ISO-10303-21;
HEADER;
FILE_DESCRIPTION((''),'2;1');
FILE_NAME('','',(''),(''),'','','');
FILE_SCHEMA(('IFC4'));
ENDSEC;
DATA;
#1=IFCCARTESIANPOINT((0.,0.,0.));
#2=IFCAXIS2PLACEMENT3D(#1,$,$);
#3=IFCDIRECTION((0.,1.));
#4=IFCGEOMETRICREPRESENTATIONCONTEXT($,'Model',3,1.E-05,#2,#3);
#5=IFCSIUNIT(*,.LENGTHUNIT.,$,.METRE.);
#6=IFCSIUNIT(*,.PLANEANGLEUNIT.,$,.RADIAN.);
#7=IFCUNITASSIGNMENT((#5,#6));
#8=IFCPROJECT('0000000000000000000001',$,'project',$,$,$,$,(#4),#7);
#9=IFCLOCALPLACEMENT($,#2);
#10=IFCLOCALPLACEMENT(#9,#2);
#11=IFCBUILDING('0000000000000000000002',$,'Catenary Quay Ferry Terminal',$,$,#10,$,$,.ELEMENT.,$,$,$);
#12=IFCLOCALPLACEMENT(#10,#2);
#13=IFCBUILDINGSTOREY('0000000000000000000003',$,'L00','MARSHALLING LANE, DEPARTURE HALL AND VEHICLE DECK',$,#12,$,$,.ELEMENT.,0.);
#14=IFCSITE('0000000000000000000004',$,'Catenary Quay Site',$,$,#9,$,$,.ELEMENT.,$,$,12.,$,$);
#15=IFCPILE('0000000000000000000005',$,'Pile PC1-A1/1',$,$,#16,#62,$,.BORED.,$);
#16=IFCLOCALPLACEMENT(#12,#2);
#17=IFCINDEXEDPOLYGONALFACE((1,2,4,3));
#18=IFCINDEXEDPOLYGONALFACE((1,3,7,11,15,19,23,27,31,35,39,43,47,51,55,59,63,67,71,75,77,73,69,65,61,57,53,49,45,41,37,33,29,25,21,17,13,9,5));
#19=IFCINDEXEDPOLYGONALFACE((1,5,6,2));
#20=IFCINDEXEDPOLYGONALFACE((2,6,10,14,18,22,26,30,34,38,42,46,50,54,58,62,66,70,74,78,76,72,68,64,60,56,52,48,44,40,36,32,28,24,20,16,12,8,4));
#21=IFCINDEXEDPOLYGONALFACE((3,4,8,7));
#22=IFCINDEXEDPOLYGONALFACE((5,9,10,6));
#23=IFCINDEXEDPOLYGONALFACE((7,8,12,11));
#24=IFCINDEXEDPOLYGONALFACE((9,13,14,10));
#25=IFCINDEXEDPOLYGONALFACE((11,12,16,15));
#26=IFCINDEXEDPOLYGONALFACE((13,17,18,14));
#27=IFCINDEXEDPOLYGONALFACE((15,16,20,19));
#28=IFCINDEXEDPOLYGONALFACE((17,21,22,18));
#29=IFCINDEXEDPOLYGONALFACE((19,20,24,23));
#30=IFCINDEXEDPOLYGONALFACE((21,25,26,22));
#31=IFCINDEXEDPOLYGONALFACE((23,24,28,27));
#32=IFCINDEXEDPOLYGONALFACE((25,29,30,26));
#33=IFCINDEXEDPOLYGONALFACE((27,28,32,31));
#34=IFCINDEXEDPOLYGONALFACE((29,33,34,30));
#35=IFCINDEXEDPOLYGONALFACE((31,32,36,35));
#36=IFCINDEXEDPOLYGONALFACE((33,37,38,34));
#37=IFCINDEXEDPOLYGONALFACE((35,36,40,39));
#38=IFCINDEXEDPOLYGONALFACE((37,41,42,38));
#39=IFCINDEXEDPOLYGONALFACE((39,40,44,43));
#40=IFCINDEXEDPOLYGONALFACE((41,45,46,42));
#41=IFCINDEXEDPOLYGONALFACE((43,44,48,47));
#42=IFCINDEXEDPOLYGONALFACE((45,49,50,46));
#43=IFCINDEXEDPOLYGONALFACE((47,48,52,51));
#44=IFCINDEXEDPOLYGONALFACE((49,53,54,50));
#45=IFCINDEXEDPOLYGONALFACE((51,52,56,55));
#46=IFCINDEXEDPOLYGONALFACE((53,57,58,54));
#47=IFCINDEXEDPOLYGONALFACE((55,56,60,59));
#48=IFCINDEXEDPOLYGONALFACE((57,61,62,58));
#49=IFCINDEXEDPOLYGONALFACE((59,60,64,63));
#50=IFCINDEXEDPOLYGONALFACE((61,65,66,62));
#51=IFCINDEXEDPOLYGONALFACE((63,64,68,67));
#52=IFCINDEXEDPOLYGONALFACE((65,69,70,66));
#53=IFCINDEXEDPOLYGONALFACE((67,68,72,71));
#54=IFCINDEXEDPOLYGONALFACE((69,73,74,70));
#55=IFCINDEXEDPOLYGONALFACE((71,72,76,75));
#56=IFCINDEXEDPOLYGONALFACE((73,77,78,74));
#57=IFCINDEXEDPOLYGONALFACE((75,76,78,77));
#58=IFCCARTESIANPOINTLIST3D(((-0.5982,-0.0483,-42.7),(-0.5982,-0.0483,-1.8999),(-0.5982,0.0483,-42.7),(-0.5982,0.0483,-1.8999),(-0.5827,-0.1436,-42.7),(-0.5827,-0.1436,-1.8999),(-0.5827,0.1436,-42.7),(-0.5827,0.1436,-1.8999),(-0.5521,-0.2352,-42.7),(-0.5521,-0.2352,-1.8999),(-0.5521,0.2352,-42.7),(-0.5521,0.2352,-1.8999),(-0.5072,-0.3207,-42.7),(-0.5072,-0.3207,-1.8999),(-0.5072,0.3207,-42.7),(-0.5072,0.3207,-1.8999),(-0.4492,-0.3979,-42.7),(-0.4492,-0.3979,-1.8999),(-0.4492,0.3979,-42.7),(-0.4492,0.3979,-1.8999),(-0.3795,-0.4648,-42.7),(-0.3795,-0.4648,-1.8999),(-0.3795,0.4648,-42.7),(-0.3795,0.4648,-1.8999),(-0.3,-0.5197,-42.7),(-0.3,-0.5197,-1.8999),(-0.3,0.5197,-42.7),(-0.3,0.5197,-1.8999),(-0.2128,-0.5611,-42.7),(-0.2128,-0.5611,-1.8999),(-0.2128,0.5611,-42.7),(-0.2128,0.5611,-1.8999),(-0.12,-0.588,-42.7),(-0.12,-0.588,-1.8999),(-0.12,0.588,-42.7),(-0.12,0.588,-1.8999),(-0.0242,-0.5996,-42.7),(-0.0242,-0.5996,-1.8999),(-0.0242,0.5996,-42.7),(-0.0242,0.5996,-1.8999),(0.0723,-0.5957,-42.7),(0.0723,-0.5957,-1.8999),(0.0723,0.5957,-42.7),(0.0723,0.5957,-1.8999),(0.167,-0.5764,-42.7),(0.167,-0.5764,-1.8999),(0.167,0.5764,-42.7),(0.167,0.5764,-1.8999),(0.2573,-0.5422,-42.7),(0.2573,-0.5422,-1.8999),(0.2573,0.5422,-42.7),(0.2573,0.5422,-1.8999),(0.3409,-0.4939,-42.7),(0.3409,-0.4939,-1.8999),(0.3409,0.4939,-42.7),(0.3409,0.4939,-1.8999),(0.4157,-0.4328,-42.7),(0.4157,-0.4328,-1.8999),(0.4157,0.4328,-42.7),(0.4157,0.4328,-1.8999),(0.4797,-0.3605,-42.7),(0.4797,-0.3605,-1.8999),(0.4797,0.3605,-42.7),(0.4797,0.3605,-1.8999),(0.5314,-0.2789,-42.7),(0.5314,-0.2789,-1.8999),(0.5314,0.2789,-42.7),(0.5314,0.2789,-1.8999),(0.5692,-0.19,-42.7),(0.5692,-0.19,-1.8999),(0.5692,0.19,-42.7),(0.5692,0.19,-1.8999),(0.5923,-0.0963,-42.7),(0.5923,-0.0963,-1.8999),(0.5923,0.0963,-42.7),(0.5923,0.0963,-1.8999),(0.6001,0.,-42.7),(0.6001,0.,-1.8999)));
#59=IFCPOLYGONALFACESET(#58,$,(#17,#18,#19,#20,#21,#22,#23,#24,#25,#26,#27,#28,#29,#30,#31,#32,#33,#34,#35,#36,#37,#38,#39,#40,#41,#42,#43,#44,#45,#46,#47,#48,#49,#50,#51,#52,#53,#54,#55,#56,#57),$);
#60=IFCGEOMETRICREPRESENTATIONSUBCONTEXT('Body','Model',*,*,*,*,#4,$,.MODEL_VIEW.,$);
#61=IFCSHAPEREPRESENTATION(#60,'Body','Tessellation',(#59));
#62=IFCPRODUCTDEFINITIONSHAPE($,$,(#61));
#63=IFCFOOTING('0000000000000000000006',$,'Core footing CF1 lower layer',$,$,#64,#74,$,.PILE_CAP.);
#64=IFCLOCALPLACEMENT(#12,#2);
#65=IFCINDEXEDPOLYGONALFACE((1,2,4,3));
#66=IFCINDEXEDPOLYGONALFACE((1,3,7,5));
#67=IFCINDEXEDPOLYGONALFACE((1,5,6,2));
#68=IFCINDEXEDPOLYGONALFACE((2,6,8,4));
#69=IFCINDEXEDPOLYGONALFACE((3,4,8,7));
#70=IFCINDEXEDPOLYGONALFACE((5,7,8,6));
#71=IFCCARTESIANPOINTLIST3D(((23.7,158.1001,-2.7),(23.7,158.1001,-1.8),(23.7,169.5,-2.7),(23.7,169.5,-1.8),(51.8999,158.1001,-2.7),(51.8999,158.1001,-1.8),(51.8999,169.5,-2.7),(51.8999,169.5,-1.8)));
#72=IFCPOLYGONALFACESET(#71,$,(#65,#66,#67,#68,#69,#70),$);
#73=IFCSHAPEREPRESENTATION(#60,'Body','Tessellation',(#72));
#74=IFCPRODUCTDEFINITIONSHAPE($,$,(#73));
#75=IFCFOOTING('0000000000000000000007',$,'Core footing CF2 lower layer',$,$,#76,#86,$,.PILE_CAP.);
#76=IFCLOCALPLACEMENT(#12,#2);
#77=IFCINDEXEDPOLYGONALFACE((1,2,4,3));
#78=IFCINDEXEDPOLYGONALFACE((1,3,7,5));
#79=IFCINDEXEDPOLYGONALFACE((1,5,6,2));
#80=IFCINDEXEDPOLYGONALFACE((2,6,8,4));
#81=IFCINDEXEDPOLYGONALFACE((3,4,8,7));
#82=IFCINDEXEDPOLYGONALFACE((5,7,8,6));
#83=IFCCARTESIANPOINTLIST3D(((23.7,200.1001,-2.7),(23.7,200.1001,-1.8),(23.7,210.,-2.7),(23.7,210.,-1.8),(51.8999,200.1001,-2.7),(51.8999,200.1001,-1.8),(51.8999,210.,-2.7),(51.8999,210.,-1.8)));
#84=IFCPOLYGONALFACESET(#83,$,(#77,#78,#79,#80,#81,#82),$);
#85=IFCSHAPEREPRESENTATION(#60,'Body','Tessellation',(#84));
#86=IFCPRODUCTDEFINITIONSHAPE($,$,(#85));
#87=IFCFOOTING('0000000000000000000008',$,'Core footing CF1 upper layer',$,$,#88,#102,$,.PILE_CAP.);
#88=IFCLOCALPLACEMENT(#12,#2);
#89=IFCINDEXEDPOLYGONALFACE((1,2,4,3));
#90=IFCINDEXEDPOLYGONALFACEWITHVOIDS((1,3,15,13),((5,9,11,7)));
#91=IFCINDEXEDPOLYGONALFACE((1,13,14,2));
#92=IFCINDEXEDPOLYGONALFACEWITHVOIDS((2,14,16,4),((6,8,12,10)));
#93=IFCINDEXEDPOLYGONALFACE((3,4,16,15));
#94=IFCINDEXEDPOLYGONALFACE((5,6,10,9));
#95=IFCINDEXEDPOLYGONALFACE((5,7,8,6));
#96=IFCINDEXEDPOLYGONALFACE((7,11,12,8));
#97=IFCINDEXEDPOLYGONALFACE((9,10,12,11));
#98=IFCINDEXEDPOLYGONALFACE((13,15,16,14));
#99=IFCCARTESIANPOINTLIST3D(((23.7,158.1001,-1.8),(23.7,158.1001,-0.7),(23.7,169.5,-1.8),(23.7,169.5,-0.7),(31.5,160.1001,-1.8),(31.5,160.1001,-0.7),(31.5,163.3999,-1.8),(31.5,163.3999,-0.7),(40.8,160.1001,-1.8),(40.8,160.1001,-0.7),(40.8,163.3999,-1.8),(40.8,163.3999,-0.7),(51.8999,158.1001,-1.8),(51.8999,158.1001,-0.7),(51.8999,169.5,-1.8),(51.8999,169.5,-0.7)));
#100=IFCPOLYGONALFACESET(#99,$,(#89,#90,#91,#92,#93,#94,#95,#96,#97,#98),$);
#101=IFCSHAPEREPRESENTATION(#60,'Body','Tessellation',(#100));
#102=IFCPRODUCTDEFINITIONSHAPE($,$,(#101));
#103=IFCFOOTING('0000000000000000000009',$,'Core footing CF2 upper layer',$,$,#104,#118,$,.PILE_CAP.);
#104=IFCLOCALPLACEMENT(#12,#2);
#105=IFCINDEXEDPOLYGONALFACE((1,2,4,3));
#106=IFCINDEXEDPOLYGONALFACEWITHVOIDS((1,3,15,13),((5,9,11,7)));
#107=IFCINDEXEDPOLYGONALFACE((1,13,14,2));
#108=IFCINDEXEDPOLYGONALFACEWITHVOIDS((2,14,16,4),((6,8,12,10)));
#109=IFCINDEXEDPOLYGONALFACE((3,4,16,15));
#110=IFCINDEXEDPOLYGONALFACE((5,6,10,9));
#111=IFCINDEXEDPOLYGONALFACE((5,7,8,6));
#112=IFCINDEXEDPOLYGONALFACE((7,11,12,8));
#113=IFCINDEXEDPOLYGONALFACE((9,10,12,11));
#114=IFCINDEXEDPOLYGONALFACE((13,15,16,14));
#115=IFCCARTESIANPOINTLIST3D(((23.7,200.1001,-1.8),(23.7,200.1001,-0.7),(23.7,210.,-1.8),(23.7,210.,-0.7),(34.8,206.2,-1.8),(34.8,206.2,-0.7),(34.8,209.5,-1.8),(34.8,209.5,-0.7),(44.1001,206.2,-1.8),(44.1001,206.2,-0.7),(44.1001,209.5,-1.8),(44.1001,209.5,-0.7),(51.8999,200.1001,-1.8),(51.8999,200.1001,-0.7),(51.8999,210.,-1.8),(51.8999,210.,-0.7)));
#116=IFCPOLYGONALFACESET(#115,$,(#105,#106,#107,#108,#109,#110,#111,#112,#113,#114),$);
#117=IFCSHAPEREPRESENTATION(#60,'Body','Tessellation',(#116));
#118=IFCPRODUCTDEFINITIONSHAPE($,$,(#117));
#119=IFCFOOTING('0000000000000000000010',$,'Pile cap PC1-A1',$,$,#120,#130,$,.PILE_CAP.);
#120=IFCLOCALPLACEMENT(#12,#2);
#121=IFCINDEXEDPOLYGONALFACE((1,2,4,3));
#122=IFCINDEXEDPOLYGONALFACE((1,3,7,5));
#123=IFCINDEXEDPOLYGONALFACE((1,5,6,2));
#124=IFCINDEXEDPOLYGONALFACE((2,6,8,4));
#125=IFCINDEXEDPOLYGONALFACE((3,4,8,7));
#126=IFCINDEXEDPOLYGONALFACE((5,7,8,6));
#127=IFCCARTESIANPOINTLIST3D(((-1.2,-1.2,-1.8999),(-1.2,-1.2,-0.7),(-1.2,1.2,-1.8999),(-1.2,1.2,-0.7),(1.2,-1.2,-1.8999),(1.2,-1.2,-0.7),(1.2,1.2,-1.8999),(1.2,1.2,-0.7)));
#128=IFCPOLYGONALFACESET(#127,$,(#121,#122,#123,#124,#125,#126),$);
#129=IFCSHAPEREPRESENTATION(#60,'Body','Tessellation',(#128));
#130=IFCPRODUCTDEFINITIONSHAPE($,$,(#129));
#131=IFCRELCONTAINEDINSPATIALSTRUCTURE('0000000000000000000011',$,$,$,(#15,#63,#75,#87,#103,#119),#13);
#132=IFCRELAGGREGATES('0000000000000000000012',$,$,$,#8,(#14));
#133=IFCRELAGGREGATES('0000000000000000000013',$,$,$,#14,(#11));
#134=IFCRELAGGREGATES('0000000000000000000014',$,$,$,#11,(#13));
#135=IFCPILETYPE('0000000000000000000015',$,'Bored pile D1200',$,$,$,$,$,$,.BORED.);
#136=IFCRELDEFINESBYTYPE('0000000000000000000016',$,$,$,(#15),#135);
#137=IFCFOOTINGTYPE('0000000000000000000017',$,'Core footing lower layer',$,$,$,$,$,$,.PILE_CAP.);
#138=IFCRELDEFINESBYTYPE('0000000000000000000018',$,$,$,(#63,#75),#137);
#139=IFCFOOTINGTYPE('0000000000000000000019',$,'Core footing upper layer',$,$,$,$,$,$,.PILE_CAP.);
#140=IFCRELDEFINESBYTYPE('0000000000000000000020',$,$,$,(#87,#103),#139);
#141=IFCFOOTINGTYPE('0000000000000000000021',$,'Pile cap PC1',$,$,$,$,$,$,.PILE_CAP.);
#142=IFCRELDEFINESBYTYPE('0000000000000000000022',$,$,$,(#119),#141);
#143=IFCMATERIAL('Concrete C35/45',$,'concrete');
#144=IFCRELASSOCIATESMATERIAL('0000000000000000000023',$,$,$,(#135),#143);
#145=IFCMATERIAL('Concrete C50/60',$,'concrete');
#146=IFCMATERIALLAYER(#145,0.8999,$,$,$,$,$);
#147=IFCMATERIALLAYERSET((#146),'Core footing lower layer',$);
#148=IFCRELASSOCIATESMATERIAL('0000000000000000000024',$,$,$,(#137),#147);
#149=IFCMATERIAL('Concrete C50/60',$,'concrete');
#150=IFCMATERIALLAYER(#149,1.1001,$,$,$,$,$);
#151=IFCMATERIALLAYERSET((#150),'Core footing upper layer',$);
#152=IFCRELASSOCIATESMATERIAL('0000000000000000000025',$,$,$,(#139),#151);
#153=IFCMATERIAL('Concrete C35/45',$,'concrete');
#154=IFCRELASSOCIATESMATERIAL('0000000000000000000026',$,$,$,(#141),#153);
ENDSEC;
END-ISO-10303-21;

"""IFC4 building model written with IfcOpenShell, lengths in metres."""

from ifc_helpers import new_model, si_unit, direction, frame, origin, origin_2d, place, context, subcontext, project, spatial, polyline, rectangle, circle, outline, extrude, material, layer, layer_set, material_profile, profile_set, type_object, element, save


model = new_model("IFC4")

# Units and contexts
model_context = context("Model", 3, precision=1e-05, world=origin(), true_north=direction((0.0, 1.0)))
body_context = subcontext(model_context, "Body", "Model", "MODEL_VIEW")
ifc_project = project(units=[si_unit("LENGTHUNIT", "METRE"), si_unit("PLANEANGLEUNIT", "RADIAN")], contexts=[model_context])

# Site, building, storey
site_placement = place(None, origin())
site = spatial("IfcSite", under=ifc_project, at=site_placement, Name="Catenary Quay Site", CompositionType="ELEMENT", RefElevation=12.0)
building_placement = place(site_placement, origin())
building = spatial("IfcBuilding", under=site, at=building_placement, Name="Catenary Quay Ferry Terminal", CompositionType="ELEMENT")
storey_placement = place(building_placement, origin())
storey = spatial("IfcBuildingStorey", under=building, at=storey_placement, Name="L00", Description="MARSHALLING LANE, DEPARTURE HALL AND VEHICLE DECK", CompositionType="ELEMENT", Elevation=0.0)

# Pile
ifc_material_1 = material(Name="Concrete C35/45", Category="concrete")
ifc_material_profile = material_profile(ifc_material_1, circle(Radius=0.6001, at=origin_2d()), Name="D1200")
ifc_profile_set = profile_set([ifc_material_profile], Name="Concrete C35/45")
pile_type = type_object("IfcPileType", Name="Bored pile D1200", PredefinedType="BORED", material=ifc_profile_set)
pile_placement = place(storey_placement, frame((0.0, 0.0, -1.8999), z_axis=(0.0, 0.0, -1.0), x_axis=(1.0, 0.0, 0.0)))
element("IfcPile", 1, at=pile_placement, inside=storey, type_object=pile_type, Name="Pile PC1-A1/1", PredefinedType="BORED", context=body_context, shape_type="SweptSolid", body=[
    extrude(circle(Radius=0.6001, at=origin_2d()), origin(), (0.0, 0.0, 1.0), 40.8),
])

# Footings
ifc_material_2 = material(Name="Concrete C50/60", Category="concrete")
ifc_layer_1 = layer(ifc_material_2, 0.8999)
ifc_layer_set_1 = layer_set([ifc_layer_1], Name="Core footing lower layer")
footing_type_1 = type_object("IfcFootingType", Name="Core footing lower layer", PredefinedType="PILE_CAP", material=ifc_layer_set_1)
footing_1_placement = place(storey_placement, frame((0.0, 0.0, -2.7)))
element("IfcFooting", 2, at=footing_1_placement, inside=storey, type_object=footing_type_1, Name="Core footing CF1 lower layer", PredefinedType="PILE_CAP", context=body_context, shape_type="SweptSolid", body=[
    extrude(outline(polyline([(23.7, 158.1001), (51.8999, 158.1001), (51.8999, 169.5), (23.7, 169.5), (23.7, 158.1001)])), origin(), (0.0, 0.0, 1.0), 0.8999),
])
footing_2_placement = place(storey_placement, frame((0.0, 0.0, -2.7)))
element("IfcFooting", 3, at=footing_2_placement, inside=storey, type_object=footing_type_1, Name="Core footing CF2 lower layer", PredefinedType="PILE_CAP", context=body_context, shape_type="SweptSolid", body=[
    extrude(outline(polyline([(23.7, 200.1001), (51.8999, 200.1001), (51.8999, 210.0), (23.7, 210.0), (23.7, 200.1001)])), origin(), (0.0, 0.0, 1.0), 0.8999),
])
ifc_material_3 = material(Name="Concrete C50/60", Category="concrete")
ifc_layer_2 = layer(ifc_material_3, 1.1001)
ifc_layer_set_2 = layer_set([ifc_layer_2], Name="Core footing upper layer")
footing_type_2 = type_object("IfcFootingType", Name="Core footing upper layer", PredefinedType="PILE_CAP", material=ifc_layer_set_2)
footing_3_placement = place(storey_placement, frame((0.0, 0.0, -1.8)))
element("IfcFooting", 4, at=footing_3_placement, inside=storey, type_object=footing_type_2, Name="Core footing CF1 upper layer", PredefinedType="PILE_CAP", context=body_context, shape_type="SweptSolid", body=[
    extrude(outline(polyline([(23.7, 158.1001), (51.8999, 158.1001), (51.8999, 169.5), (23.7, 169.5), (23.7, 158.1001)]), holes=[polyline([(31.5, 160.1001), (31.5, 163.3999), (40.8, 163.3999), (40.8, 160.1001), (31.5, 160.1001)])]), origin(), (0.0, 0.0, 1.0), 1.1001),
])
footing_4_placement = place(storey_placement, frame((0.0, 0.0, -1.8)))
element("IfcFooting", 5, at=footing_4_placement, inside=storey, type_object=footing_type_2, Name="Core footing CF2 upper layer", PredefinedType="PILE_CAP", context=body_context, shape_type="SweptSolid", body=[
    extrude(outline(polyline([(23.7, 200.1001), (51.8999, 200.1001), (51.8999, 210.0), (23.7, 210.0), (23.7, 200.1001)]), holes=[polyline([(34.8, 206.2), (34.8, 209.5), (44.1001, 209.5), (44.1001, 206.2), (34.8, 206.2)])]), origin(), (0.0, 0.0, 1.0), 1.1001),
])
ifc_material_4 = material(Name="Concrete C35/45", Category="concrete")
footing_type_3 = type_object("IfcFootingType", Name="Pile cap PC1", PredefinedType="PILE_CAP", material=ifc_material_4)
footing_5_placement = place(storey_placement, frame((0.0, 0.0, -1.8999), z_axis=(0.0, 0.0, 1.0), x_axis=(1.0, 0.0, 0.0)))
element("IfcFooting", 6, at=footing_5_placement, inside=storey, type_object=footing_type_3, Name="Pile cap PC1-A1", PredefinedType="PILE_CAP", context=body_context, shape_type="SweptSolid", body=[
    extrude(rectangle(XDim=2.3999, YDim=2.3999, at=origin_2d()), origin(), (0.0, 0.0, 1.0), 1.2),
])

save(model, "model.ifc")
